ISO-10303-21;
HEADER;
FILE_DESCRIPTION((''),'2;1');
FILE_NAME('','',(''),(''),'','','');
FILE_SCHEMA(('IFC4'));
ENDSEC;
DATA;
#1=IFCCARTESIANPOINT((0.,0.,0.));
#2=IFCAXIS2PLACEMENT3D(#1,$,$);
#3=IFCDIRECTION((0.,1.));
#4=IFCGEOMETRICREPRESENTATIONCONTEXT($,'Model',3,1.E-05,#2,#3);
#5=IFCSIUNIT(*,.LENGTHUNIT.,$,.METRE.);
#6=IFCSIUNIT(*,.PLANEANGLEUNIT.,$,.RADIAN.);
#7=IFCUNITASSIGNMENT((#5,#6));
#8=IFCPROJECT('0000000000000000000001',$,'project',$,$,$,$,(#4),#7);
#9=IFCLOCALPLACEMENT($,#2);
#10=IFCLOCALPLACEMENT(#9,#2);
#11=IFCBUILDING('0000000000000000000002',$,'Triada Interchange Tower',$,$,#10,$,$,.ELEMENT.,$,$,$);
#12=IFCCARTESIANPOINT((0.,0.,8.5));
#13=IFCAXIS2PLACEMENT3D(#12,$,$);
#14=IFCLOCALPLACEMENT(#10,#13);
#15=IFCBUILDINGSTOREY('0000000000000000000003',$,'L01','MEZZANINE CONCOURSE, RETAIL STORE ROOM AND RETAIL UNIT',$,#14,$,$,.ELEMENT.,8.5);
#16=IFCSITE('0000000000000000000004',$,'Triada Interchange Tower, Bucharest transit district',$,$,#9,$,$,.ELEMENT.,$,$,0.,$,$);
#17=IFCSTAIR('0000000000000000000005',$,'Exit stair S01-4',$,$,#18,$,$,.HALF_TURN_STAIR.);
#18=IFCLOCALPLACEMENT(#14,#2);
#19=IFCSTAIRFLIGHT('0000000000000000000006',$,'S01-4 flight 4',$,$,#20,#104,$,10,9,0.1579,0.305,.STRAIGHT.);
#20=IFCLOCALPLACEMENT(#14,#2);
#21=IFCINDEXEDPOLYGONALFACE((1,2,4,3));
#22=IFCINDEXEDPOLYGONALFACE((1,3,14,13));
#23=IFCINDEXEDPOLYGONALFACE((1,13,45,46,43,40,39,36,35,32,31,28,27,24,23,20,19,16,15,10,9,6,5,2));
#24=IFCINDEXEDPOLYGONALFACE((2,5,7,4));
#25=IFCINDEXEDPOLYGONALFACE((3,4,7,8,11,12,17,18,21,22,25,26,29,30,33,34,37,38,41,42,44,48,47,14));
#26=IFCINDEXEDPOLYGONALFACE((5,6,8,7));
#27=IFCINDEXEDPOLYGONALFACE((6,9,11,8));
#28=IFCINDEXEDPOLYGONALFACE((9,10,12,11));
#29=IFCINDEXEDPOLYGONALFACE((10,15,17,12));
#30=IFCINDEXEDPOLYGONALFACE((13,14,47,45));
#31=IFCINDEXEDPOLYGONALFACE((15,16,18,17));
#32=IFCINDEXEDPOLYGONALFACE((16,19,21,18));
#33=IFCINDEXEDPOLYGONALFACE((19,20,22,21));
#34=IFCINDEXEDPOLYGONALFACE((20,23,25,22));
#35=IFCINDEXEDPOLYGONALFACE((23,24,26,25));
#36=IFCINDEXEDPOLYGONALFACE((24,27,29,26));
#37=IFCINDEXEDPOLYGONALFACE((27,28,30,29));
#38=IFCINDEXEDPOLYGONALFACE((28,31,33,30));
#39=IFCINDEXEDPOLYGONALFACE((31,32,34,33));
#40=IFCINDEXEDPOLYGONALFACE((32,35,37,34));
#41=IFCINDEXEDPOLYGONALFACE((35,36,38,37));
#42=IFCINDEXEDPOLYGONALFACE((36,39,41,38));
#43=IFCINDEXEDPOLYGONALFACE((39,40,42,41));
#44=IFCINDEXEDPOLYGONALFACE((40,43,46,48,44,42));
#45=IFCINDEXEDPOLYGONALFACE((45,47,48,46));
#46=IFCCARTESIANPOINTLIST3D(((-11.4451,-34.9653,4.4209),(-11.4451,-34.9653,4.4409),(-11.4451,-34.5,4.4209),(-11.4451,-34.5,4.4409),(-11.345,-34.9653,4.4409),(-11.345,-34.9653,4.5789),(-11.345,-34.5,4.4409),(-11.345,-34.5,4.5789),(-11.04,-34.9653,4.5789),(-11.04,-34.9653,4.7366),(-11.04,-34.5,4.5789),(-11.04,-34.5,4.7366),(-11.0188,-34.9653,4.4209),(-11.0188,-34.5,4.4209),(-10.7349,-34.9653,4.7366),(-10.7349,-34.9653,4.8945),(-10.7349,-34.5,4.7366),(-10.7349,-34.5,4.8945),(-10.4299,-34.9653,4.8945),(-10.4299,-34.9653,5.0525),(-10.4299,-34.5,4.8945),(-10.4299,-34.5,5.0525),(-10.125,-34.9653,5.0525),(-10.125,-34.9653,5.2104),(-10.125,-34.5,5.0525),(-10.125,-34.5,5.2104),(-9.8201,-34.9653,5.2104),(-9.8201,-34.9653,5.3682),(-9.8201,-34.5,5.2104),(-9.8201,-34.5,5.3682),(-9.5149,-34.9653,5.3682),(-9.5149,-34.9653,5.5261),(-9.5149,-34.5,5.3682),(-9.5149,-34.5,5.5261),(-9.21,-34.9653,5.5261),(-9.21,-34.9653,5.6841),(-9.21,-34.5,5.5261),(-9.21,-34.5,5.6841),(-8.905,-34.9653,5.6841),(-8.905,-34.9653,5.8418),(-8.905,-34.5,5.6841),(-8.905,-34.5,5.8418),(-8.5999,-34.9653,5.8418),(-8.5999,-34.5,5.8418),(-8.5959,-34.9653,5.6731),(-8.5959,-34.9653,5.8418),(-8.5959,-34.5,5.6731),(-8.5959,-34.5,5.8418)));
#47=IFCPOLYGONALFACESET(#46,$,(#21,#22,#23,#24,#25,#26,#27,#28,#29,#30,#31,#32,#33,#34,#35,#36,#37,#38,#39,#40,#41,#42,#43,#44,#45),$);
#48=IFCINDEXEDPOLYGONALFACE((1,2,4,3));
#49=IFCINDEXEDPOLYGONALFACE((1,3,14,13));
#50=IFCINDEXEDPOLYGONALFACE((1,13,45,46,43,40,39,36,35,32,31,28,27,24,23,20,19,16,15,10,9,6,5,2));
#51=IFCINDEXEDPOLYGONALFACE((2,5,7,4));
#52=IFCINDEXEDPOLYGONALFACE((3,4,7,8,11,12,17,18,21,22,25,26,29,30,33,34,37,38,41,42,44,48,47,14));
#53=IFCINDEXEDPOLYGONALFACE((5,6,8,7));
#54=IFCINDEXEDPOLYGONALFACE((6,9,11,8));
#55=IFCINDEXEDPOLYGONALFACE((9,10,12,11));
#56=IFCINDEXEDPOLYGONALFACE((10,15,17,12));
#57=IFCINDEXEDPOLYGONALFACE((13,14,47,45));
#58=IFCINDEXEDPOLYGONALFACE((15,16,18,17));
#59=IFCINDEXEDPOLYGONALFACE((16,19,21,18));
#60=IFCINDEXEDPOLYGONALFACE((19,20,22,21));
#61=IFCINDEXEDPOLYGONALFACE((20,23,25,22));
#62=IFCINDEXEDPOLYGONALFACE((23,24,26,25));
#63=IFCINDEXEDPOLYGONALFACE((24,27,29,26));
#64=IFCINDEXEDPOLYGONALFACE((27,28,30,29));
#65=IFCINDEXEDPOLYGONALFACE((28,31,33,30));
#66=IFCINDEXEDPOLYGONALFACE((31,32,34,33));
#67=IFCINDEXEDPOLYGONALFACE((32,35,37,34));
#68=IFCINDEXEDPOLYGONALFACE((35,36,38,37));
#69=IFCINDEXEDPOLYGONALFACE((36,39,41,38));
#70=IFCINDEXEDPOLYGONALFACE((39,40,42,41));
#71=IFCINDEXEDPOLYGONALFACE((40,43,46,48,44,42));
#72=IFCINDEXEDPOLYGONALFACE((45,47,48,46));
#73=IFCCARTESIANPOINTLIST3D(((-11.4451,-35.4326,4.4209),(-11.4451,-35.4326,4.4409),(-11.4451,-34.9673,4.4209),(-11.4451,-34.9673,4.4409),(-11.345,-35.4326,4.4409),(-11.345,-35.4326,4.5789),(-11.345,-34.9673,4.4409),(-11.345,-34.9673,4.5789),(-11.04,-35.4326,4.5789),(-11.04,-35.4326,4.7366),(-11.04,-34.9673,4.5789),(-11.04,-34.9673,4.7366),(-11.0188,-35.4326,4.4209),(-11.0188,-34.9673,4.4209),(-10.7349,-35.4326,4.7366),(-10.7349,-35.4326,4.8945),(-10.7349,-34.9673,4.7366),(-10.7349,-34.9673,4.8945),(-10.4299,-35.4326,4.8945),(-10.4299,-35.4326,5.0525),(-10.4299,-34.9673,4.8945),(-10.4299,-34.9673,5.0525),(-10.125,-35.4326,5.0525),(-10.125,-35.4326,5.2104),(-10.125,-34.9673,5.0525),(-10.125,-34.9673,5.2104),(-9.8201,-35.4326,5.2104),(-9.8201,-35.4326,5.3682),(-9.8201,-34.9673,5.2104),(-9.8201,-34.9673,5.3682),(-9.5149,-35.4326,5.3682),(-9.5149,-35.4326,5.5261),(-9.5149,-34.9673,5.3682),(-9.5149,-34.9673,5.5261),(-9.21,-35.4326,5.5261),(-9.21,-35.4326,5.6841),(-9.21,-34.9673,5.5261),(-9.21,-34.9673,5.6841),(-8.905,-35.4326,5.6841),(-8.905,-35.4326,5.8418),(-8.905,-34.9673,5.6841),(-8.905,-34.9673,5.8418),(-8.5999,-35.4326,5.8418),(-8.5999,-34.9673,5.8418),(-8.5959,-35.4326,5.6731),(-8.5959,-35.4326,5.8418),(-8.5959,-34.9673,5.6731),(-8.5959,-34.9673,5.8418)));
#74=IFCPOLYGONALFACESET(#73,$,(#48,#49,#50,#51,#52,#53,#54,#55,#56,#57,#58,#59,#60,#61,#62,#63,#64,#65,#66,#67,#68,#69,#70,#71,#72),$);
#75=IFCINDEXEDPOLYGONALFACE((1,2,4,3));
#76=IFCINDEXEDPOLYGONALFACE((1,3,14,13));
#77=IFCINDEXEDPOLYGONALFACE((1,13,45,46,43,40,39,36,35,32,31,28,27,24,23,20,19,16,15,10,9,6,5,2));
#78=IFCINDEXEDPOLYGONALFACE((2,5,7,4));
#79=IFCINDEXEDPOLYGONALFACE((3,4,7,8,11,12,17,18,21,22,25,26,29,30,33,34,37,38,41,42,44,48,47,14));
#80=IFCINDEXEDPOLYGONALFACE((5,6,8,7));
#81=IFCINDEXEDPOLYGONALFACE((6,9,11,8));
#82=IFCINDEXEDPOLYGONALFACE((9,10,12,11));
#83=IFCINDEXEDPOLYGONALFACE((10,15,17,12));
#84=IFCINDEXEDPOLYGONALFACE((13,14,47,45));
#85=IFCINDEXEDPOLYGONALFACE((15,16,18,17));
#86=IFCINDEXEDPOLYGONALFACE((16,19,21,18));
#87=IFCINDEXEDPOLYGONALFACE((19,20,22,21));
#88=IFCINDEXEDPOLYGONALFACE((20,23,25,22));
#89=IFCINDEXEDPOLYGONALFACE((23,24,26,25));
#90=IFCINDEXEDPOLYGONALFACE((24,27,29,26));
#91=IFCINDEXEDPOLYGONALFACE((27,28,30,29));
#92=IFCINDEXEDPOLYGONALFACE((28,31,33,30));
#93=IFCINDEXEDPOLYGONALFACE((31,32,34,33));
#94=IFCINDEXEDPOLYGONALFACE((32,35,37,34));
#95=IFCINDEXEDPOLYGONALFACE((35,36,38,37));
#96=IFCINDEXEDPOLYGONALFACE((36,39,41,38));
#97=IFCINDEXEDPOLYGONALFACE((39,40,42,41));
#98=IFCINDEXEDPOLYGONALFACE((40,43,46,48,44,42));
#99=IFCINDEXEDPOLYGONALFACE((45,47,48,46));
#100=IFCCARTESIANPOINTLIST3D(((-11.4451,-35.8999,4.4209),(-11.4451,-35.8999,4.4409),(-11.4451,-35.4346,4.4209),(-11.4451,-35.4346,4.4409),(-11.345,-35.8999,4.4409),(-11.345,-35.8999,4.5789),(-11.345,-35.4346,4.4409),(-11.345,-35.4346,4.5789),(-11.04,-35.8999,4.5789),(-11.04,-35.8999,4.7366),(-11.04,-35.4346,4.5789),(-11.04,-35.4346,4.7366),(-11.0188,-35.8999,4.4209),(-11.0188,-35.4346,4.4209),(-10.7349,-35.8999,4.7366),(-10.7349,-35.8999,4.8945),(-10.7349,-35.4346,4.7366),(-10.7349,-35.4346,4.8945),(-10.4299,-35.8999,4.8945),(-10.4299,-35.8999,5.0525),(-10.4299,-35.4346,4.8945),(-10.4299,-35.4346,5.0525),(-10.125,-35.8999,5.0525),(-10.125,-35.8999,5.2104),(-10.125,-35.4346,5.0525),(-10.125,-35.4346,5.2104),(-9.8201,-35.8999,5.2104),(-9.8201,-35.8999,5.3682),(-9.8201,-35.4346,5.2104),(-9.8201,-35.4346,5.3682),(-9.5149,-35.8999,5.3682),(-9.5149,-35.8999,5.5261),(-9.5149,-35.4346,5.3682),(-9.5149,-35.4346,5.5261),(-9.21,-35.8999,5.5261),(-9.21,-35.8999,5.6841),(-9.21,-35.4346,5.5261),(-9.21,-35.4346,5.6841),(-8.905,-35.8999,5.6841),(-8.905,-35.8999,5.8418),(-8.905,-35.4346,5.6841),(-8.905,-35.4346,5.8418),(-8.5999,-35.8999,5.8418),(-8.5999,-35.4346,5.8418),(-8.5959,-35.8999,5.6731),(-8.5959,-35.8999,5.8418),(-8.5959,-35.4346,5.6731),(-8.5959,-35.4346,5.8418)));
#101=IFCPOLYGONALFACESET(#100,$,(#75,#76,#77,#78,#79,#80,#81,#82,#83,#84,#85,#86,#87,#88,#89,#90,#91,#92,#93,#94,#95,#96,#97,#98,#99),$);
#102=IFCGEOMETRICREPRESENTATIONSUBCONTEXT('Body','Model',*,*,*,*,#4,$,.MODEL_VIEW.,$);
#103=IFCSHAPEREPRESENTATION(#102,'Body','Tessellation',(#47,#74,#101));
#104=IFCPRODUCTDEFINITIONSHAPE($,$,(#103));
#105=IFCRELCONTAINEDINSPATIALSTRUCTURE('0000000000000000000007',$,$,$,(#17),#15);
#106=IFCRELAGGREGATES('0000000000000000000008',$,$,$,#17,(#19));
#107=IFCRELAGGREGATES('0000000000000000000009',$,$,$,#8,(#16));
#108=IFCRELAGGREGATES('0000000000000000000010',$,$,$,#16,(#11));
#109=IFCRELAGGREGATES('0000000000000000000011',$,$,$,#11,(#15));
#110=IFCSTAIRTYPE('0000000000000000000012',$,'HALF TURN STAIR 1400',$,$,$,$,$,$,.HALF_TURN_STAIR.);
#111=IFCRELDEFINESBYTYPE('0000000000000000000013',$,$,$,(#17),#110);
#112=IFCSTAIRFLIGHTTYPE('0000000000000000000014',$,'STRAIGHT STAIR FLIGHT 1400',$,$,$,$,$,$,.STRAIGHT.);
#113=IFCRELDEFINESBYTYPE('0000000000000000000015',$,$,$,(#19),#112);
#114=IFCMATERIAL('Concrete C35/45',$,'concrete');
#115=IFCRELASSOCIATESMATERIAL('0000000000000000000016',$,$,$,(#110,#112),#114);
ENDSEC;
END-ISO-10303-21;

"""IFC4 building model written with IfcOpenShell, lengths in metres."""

from ifc_helpers import new_model, si_unit, direction, frame, origin, place, context, subcontext, project, spatial, polyline, outline, extrude, material, type_object, element, aggregate, save


model = new_model("IFC4")

# Units and contexts
model_context = context("Model", 3, precision=1e-05, world=origin(), true_north=direction((0.0, 1.0)))
body_context = subcontext(model_context, "Body", "Model", "MODEL_VIEW")
ifc_project = project(units=[si_unit("LENGTHUNIT", "METRE"), si_unit("PLANEANGLEUNIT", "RADIAN")], contexts=[model_context])

# Site, building, storey
site_placement = place(None, origin())
site = spatial("IfcSite", under=ifc_project, at=site_placement, Name="Triada Interchange Tower, Bucharest transit district", CompositionType="ELEMENT", RefElevation=0.0)
building_placement = place(site_placement, origin())
building = spatial("IfcBuilding", under=site, at=building_placement, Name="Triada Interchange Tower", CompositionType="ELEMENT")
storey_placement = place(building_placement, frame((0.0, 0.0, 8.5)))
storey = spatial("IfcBuildingStorey", under=building, at=storey_placement, Name="L01", Description="MEZZANINE CONCOURSE, RETAIL STORE ROOM AND RETAIL UNIT", CompositionType="ELEMENT", Elevation=8.5)

# Stair, stair flight
ifc_material_1 = material(Name="Concrete C35/45", Category="concrete")
stair_type = type_object("IfcStairType", Name="HALF TURN STAIR 1400", PredefinedType="HALF_TURN_STAIR", material=ifc_material_1)
stair_placement = place(storey_placement, origin())
stair = element("IfcStair", 1, at=stair_placement, inside=storey, type_object=stair_type, Name="Exit stair S01-4", PredefinedType="HALF_TURN_STAIR")
stair_flight_type = type_object("IfcStairFlightType", Name="STRAIGHT STAIR FLIGHT 1400", PredefinedType="STRAIGHT", material=ifc_material_1)
stair_flight_placement = place(storey_placement, frame((-11.345, -35.2, 4.4209), z_axis=(0.0, 0.0, 1.0), x_axis=(1.0, 0.0, 0.0)))
stair_flight = element("IfcStairFlight", 2, at=stair_flight_placement, type_object=stair_flight_type, Name="S01-4 flight 4", NumberOfRisers=10, NumberOfTreads=9, PredefinedType="STRAIGHT", RiserHeight=0.1579, TreadLength=0.305, context=body_context, shape_type="SweptSolid", body=[
    extrude(outline(polyline([(-0.1001, 0.0), (-0.1001, 0.02), (0.0, 0.02), (0.0, 0.158), (0.3049, 0.158), (0.3049, 0.3157), (0.6101, 0.3157), (0.6101, 0.4736), (0.915, 0.4736), (0.915, 0.6316), (1.22, 0.6316), (1.22, 0.7896), (1.5249, 0.7896), (1.5249, 0.9473), (1.8301, 0.9473), (1.8301, 1.1052), (2.135, 1.1052), (2.135, 1.2632), (2.4399, 1.2632), (2.4399, 1.4209), (2.7451, 1.4209), (2.749, 1.4209), (2.749, 1.5789), (2.749, 1.2522), (0.3262, 0.0), (-0.1001, 0.0)])), frame((0.0, 0.7, 0.0), z_axis=(0.0, -1.0, 0.0), x_axis=(1.0, 0.0, 0.0)), (0.0, 0.0, 1.0), 0.4653),
    extrude(outline(polyline([(-0.1001, 0.0), (-0.1001, 0.02), (0.0, 0.02), (0.0, 0.158), (0.3049, 0.158), (0.3049, 0.3157), (0.6101, 0.3157), (0.6101, 0.4736), (0.915, 0.4736), (0.915, 0.6316), (1.22, 0.6316), (1.22, 0.7896), (1.5249, 0.7896), (1.5249, 0.9473), (1.8301, 0.9473), (1.8301, 1.1052), (2.135, 1.1052), (2.135, 1.2632), (2.4399, 1.2632), (2.4399, 1.4209), (2.7451, 1.4209), (2.749, 1.4209), (2.749, 1.5789), (2.749, 1.2522), (0.3262, 0.0), (-0.1001, 0.0)])), frame((0.0, 0.2327, 0.0), z_axis=(0.0, -1.0, 0.0), x_axis=(1.0, 0.0, 0.0)), (0.0, 0.0, 1.0), 0.4653),
    extrude(outline(polyline([(-0.1001, 0.0), (-0.1001, 0.02), (0.0, 0.02), (0.0, 0.158), (0.3049, 0.158), (0.3049, 0.3157), (0.6101, 0.3157), (0.6101, 0.4736), (0.915, 0.4736), (0.915, 0.6316), (1.22, 0.6316), (1.22, 0.7896), (1.5249, 0.7896), (1.5249, 0.9473), (1.8301, 0.9473), (1.8301, 1.1052), (2.135, 1.1052), (2.135, 1.2632), (2.4399, 1.2632), (2.4399, 1.4209), (2.7451, 1.4209), (2.749, 1.4209), (2.749, 1.5789), (2.749, 1.2522), (0.3262, 0.0), (-0.1001, 0.0)])), frame((0.0, -0.2346, 0.0), z_axis=(0.0, -1.0, 0.0), x_axis=(1.0, 0.0, 0.0)), (0.0, 0.0, 1.0), 0.4653),
])
aggregate(stair, [stair_flight])

save(model, "model.ifc")
